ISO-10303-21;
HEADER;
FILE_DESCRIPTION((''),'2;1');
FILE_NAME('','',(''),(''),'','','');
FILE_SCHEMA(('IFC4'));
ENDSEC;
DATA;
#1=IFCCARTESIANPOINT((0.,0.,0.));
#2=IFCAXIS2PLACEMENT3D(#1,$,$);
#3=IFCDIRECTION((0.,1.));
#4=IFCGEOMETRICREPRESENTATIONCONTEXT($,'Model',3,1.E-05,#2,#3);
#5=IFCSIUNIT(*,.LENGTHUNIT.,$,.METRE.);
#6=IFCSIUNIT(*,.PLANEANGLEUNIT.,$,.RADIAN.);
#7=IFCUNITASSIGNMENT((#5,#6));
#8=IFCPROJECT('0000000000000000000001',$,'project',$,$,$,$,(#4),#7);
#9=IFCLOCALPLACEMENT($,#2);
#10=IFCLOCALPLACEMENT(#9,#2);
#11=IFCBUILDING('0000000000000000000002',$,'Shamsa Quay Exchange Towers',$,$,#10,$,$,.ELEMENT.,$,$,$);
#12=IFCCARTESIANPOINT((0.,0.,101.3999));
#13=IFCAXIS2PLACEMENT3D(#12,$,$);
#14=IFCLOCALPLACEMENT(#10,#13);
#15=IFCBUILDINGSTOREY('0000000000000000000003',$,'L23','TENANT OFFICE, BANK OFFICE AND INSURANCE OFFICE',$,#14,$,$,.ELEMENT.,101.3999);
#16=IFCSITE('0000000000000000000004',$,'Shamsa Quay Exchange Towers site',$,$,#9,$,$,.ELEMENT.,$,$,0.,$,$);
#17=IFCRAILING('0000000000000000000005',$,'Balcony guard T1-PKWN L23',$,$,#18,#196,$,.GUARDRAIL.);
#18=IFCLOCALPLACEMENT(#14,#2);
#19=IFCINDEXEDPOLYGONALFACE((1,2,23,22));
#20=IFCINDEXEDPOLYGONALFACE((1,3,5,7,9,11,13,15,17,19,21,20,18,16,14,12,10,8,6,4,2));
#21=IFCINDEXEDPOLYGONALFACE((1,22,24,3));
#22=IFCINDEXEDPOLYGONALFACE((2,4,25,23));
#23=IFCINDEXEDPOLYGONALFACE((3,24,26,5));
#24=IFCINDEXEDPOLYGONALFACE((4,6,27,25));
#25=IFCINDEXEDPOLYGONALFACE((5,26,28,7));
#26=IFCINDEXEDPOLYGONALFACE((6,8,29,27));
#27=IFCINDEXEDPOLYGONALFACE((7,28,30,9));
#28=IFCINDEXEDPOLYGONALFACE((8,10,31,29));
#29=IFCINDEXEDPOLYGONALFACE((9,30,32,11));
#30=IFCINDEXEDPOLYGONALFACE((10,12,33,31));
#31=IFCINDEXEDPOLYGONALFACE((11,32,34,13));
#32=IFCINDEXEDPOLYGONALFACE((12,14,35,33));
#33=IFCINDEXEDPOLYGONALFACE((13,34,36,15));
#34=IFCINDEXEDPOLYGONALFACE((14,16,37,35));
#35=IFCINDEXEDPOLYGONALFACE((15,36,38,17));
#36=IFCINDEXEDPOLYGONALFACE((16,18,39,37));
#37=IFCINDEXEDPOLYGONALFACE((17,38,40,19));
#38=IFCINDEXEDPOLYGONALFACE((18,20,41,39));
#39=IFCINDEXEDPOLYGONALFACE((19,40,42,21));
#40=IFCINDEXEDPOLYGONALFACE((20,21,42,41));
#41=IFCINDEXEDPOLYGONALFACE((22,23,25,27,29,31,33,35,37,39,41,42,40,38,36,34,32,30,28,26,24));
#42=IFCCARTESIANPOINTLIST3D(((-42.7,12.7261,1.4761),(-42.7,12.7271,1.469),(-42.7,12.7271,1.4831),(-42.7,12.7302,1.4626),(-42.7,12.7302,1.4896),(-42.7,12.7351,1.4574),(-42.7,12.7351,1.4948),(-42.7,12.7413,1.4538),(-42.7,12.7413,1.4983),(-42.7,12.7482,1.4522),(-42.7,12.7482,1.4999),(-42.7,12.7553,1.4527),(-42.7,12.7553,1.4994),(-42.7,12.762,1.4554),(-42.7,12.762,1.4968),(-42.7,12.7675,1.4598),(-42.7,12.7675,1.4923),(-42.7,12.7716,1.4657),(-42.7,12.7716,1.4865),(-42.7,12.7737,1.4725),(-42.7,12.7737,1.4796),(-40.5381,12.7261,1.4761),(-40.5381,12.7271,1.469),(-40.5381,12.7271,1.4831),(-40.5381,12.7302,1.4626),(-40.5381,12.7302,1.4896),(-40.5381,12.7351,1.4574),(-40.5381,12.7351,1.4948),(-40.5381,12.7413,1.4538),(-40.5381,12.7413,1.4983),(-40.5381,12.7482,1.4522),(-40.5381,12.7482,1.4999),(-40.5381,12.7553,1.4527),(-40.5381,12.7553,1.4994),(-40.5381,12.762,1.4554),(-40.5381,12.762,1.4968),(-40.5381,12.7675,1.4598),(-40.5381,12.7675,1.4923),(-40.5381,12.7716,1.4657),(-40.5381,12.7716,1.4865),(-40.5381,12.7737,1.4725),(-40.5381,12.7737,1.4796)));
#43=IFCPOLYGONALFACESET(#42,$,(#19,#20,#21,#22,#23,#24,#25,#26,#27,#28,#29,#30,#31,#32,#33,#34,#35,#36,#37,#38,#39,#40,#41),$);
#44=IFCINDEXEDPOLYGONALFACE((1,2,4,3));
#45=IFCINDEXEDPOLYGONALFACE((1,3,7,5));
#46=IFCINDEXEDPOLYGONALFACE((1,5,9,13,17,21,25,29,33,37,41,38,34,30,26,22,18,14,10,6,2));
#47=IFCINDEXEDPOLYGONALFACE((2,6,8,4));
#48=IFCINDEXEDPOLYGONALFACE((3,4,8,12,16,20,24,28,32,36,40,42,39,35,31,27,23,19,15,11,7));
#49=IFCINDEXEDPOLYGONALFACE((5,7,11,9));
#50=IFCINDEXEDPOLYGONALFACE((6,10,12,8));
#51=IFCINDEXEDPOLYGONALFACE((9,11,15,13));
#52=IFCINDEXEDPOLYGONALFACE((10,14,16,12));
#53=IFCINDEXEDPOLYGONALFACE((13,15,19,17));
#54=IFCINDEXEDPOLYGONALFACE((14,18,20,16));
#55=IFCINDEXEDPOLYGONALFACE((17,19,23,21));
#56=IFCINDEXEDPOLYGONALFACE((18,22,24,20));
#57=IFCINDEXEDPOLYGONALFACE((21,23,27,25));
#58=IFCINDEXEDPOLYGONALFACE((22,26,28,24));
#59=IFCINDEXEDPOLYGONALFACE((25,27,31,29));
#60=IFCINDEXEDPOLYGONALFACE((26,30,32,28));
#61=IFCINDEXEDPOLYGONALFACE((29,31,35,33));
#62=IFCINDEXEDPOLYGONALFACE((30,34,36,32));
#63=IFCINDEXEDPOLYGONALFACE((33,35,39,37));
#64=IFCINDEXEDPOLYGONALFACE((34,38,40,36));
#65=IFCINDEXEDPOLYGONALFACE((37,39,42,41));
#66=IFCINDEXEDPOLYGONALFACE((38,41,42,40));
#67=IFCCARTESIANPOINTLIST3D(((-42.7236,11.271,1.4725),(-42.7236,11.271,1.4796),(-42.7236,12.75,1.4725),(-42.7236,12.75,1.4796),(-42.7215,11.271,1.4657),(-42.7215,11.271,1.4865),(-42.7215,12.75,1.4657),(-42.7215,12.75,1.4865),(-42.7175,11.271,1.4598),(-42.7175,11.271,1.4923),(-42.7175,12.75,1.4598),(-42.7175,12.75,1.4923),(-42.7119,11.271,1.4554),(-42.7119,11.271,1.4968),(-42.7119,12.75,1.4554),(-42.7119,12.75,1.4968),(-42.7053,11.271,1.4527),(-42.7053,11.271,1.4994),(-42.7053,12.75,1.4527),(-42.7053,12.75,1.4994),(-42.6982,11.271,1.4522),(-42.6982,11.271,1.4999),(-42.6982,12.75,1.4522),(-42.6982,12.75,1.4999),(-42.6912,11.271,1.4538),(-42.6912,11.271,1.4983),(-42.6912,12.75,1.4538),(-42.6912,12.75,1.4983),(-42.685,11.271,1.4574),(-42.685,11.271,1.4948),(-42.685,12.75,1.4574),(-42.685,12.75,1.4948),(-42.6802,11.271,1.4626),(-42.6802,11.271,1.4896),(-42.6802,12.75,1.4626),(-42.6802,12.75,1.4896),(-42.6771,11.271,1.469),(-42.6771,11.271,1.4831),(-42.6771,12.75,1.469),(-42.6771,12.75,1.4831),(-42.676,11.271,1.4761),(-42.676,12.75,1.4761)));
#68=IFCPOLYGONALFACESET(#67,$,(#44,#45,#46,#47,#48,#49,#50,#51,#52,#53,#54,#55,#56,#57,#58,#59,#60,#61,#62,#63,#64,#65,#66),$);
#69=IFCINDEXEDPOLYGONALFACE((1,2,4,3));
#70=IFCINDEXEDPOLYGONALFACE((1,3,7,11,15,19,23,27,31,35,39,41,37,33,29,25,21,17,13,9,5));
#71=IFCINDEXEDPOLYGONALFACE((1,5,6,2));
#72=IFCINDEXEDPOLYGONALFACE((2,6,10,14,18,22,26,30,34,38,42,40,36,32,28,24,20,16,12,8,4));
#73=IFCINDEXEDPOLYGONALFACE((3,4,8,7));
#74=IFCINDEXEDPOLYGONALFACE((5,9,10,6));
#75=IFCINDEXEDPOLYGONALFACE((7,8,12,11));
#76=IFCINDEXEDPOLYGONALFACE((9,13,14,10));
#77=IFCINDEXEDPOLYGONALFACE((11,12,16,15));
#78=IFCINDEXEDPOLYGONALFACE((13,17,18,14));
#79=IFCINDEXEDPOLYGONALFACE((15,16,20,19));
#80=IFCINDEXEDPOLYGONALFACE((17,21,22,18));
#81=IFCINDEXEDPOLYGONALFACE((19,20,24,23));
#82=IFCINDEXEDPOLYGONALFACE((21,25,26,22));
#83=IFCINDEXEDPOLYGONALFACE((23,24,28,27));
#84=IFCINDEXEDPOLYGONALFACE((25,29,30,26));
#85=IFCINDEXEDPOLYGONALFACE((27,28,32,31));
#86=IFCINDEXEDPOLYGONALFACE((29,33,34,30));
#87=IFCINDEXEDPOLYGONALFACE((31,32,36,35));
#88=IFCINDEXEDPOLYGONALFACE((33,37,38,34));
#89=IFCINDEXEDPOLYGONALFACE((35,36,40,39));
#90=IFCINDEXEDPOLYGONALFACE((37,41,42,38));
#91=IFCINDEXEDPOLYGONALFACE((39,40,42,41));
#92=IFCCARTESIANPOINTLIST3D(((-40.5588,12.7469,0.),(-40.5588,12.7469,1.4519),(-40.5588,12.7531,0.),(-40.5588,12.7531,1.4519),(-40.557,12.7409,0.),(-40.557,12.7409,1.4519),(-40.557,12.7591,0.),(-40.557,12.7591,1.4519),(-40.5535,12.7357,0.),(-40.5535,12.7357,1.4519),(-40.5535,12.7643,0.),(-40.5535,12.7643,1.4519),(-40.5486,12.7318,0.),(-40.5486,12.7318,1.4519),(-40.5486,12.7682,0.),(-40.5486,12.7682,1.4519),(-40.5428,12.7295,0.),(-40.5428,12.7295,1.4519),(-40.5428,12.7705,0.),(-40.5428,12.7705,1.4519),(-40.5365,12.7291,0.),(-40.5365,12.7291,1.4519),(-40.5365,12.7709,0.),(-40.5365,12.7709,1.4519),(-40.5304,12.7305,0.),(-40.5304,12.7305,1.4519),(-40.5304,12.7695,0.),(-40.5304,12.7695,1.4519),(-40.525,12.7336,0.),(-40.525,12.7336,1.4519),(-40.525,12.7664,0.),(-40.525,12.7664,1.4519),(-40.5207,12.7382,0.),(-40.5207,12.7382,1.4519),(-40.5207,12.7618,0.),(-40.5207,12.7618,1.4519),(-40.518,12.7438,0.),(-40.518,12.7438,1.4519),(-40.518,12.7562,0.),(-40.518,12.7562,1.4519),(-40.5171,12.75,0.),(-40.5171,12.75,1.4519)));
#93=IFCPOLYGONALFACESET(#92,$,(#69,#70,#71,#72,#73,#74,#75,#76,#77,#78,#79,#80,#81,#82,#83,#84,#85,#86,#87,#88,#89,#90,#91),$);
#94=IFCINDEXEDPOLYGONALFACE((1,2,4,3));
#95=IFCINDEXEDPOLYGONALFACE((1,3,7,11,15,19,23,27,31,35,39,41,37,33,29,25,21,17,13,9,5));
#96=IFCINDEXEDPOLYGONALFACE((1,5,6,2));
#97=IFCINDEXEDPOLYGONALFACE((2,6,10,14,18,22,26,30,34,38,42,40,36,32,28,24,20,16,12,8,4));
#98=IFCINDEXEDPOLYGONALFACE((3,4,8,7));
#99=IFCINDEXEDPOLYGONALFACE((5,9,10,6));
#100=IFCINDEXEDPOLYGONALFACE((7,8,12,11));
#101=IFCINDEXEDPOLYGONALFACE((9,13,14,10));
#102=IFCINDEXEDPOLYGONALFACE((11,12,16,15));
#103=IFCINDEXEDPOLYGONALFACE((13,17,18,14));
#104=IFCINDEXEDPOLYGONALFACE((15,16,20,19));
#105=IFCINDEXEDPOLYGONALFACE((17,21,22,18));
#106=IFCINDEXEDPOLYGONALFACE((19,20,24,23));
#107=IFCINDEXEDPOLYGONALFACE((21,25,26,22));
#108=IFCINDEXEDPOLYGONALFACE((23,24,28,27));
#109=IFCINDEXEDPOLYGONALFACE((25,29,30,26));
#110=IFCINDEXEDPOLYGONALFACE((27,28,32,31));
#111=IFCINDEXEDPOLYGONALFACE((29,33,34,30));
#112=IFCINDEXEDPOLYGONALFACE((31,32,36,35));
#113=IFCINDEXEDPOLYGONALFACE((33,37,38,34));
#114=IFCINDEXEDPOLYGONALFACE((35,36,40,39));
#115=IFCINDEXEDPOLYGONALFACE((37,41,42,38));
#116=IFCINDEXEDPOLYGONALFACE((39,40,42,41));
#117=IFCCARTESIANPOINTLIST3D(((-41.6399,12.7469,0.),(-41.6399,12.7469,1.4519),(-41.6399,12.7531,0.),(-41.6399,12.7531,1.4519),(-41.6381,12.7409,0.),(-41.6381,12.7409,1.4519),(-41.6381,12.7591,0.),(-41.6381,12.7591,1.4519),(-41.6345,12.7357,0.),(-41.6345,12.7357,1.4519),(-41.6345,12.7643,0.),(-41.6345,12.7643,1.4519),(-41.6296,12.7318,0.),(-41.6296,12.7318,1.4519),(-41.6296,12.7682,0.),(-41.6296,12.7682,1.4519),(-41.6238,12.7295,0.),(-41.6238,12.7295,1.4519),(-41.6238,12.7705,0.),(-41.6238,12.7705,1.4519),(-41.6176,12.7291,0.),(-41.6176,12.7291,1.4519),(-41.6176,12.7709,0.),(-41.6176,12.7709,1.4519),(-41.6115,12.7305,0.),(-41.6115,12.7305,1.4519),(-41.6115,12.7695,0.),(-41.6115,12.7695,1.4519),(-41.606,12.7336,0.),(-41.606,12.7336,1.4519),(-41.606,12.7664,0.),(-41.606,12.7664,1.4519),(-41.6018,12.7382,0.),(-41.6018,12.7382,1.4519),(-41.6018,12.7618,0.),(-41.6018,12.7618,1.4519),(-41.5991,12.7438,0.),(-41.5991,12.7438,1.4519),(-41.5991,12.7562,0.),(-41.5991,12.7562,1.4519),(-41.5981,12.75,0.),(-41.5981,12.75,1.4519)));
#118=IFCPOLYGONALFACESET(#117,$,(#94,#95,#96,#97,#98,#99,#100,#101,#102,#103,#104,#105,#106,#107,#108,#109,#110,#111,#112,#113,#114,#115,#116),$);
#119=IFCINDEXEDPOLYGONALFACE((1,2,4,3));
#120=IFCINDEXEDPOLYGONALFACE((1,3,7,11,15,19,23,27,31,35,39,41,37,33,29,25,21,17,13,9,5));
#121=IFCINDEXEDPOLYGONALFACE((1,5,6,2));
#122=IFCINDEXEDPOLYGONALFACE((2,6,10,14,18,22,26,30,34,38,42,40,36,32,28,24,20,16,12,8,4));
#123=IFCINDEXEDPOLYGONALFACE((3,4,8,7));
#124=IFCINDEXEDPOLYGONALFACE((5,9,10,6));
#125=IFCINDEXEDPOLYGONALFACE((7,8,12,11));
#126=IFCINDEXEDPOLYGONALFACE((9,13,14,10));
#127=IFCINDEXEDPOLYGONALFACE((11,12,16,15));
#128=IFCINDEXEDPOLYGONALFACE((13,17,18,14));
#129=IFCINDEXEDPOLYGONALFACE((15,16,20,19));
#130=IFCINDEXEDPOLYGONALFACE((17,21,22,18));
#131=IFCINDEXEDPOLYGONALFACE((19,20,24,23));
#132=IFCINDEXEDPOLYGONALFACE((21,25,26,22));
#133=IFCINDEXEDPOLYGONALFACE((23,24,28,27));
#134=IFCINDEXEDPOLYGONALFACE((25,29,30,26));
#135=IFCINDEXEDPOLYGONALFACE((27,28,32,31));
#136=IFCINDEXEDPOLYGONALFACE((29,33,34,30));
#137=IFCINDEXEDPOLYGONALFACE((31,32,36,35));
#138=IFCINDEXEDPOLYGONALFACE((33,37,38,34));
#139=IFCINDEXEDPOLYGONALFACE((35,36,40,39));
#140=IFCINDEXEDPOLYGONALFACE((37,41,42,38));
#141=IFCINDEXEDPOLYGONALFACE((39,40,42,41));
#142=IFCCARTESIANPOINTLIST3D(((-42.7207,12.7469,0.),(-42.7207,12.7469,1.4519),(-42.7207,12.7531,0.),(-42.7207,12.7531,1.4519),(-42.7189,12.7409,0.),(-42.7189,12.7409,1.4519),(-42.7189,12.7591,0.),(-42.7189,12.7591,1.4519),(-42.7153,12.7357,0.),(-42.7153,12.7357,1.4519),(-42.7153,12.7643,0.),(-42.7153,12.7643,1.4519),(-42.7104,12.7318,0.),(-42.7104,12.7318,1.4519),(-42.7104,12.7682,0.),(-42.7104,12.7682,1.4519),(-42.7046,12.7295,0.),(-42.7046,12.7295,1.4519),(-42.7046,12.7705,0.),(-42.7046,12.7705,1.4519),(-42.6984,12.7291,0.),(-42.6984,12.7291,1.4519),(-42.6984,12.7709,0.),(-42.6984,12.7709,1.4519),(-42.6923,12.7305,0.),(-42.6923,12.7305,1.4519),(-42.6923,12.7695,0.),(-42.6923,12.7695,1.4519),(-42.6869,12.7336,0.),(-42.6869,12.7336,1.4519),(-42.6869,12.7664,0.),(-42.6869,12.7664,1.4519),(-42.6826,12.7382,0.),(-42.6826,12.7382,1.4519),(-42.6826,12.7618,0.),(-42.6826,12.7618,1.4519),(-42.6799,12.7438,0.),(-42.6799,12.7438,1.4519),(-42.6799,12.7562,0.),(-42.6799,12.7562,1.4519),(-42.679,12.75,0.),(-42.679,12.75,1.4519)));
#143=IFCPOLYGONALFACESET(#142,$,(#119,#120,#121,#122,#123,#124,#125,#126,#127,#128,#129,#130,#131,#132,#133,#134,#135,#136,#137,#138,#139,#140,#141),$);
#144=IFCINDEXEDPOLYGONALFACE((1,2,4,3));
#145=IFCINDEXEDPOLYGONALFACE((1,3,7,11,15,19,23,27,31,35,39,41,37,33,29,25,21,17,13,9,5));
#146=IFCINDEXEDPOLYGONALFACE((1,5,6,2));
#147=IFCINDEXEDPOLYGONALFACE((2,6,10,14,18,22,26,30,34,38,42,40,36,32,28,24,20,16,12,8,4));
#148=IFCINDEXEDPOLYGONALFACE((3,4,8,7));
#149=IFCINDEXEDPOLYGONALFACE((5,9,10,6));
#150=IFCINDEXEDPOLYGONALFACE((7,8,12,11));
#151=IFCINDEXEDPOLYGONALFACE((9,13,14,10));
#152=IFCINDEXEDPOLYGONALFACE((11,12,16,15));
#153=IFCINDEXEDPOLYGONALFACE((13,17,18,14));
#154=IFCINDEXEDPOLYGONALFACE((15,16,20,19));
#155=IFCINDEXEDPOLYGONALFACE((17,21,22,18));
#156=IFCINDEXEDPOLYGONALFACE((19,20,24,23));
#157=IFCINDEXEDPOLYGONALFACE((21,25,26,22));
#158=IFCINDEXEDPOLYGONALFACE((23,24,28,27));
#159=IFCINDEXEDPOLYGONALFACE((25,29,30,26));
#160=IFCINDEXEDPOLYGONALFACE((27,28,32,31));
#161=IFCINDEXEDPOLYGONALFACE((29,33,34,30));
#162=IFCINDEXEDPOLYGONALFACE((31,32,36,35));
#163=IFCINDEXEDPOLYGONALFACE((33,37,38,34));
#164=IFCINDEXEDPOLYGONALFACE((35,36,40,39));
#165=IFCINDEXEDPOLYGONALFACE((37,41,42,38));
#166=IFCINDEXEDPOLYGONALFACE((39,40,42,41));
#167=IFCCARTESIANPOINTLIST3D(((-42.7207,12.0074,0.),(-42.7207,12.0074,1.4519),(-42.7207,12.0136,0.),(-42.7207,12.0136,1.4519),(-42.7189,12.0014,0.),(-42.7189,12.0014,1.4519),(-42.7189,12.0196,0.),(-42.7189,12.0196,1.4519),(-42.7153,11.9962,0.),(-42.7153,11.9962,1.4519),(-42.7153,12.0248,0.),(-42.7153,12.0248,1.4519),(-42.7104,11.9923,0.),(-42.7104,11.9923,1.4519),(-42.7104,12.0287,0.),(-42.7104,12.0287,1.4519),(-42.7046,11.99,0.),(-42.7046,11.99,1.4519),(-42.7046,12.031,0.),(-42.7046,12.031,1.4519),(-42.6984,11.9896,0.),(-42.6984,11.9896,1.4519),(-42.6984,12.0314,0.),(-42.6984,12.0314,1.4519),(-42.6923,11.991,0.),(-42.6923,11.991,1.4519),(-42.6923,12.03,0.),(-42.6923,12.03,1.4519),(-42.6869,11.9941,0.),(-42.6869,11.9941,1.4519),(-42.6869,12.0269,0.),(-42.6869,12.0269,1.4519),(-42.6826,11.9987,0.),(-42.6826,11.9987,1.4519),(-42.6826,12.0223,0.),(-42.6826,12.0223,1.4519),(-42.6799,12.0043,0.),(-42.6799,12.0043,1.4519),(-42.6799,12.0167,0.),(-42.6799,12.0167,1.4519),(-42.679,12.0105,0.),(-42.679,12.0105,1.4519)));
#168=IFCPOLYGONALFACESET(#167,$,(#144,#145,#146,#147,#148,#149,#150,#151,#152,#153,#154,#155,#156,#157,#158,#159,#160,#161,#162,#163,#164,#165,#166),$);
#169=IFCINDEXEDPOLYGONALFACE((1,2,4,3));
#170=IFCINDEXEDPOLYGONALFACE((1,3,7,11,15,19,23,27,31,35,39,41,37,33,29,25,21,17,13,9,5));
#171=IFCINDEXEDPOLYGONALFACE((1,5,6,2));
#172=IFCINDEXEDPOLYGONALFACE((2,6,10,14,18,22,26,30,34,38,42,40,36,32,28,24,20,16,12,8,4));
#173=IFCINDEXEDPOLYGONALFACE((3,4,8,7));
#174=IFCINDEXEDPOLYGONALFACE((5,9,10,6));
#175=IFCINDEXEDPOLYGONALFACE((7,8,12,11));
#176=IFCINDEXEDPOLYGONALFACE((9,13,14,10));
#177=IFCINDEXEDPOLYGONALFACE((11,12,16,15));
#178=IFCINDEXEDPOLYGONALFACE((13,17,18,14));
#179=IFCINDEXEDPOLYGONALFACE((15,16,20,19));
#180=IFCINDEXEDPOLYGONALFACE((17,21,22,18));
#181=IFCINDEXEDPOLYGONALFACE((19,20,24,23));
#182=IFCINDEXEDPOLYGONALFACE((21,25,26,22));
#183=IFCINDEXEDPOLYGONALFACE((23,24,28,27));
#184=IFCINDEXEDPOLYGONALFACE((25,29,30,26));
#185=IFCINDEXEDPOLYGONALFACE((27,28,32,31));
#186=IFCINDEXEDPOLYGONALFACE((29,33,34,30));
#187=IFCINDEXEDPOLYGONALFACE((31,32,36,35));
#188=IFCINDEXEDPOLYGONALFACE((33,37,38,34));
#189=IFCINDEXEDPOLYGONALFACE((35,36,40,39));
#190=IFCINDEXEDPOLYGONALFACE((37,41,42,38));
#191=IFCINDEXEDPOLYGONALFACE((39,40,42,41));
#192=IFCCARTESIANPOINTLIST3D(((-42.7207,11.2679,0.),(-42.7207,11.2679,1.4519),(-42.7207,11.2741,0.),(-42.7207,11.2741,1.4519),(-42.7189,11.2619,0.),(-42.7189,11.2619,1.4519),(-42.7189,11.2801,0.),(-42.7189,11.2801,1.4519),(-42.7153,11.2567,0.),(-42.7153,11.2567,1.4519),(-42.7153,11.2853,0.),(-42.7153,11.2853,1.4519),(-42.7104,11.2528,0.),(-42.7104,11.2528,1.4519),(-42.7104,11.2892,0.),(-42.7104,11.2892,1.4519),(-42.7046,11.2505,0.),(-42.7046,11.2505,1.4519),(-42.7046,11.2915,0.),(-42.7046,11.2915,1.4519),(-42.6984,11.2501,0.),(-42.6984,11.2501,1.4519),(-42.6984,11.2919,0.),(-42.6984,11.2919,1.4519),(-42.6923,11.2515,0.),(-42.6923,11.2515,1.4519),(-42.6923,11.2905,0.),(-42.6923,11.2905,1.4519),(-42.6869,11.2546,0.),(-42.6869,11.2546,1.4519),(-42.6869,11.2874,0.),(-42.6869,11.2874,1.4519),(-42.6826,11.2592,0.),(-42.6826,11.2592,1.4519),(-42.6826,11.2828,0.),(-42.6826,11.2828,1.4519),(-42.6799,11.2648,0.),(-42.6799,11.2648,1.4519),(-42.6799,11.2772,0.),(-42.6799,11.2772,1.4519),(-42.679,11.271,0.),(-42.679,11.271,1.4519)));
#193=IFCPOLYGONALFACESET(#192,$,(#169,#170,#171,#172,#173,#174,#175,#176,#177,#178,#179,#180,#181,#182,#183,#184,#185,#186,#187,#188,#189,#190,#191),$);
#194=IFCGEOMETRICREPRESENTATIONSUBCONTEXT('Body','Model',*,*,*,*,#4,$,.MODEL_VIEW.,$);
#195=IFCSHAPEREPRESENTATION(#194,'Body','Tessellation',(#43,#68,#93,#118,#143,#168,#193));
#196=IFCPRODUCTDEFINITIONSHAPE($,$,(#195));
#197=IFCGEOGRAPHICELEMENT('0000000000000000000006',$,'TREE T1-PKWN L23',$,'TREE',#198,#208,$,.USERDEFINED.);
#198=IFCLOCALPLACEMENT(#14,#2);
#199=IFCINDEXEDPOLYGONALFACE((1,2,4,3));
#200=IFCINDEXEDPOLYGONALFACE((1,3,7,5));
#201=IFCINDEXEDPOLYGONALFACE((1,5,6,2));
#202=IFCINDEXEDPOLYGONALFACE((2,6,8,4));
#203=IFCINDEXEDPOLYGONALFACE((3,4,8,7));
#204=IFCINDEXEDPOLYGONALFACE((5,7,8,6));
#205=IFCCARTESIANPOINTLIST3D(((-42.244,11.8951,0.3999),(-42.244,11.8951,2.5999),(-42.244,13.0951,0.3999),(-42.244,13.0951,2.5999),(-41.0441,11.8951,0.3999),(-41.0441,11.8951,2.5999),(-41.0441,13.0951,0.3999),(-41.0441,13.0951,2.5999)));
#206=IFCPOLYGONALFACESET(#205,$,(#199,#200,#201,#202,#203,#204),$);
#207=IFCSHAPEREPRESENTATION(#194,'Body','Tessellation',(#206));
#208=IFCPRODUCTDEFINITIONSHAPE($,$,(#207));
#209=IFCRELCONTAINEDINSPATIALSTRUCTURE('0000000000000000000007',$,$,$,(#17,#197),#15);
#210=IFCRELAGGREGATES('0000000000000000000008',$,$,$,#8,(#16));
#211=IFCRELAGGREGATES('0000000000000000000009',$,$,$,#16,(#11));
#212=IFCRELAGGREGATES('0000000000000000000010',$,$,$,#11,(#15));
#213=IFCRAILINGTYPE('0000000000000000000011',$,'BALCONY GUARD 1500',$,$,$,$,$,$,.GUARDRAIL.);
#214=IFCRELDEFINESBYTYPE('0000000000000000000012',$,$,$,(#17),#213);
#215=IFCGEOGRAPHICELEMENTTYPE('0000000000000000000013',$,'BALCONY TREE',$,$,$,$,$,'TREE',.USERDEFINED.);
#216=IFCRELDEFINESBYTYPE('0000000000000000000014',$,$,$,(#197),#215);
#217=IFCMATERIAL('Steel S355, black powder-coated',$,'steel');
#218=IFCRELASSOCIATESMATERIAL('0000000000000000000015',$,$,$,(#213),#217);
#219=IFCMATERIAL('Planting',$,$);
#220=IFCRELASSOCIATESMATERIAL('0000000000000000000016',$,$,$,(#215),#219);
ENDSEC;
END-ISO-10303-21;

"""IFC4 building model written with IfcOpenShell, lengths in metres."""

from ifc_helpers import new_model, si_unit, direction, frame, origin, origin_2d, place, context, subcontext, project, spatial, rectangle, circle, extrude, material, type_object, element, save


model = new_model("IFC4")

# Units and contexts
model_context = context("Model", 3, precision=1e-05, world=origin(), true_north=direction((0.0, 1.0)))
body_context = subcontext(model_context, "Body", "Model", "MODEL_VIEW")
ifc_project = project(units=[si_unit("LENGTHUNIT", "METRE"), si_unit("PLANEANGLEUNIT", "RADIAN")], contexts=[model_context])

# Site, building, storey
site_placement = place(None, origin())
site = spatial("IfcSite", under=ifc_project, at=site_placement, Name="Shamsa Quay Exchange Towers site", CompositionType="ELEMENT", RefElevation=0.0)
building_placement = place(site_placement, origin())
building = spatial("IfcBuilding", under=site, at=building_placement, Name="Shamsa Quay Exchange Towers", CompositionType="ELEMENT")
storey_placement = place(building_placement, frame((0.0, 0.0, 101.3999)))
storey = spatial("IfcBuildingStorey", under=building, at=storey_placement, Name="L23", Description="TENANT OFFICE, BANK OFFICE AND INSURANCE OFFICE", CompositionType="ELEMENT", Elevation=101.3999)

# Railing
ifc_material_1 = material(Name="Steel S355, black powder-coated", Category="steel")
railing_type = type_object("IfcRailingType", Name="BALCONY GUARD 1500", PredefinedType="GUARDRAIL", material=ifc_material_1)
railing_placement = place(storey_placement, frame((-40.5381, 12.75, 0.0)))
element("IfcRailing", 1, at=railing_placement, inside=storey, type_object=railing_type, Name="Balcony guard T1-PKWN L23", PredefinedType="GUARDRAIL", context=body_context, shape_type="SweptSolid", body=[
    extrude(circle(Radius=0.0239, at=origin_2d()), frame((0.0, 0.0, 1.4761), z_axis=(-1.0, 0.0, 0.0), x_axis=(0.0, -1.0, 0.0)), (0.0, 0.0, 1.0), 2.1619),
    extrude(circle(Radius=0.0239, at=origin_2d()), frame((-2.1619, 0.0, 1.4761), z_axis=(0.0, -1.0, 0.0), x_axis=(1.0, 0.0, 0.0)), (0.0, 0.0, 1.0), 1.479),
    extrude(circle(Radius=0.021, at=origin_2d()), origin(), (0.0, 0.0, 1.0), 1.4519),
    extrude(circle(Radius=0.021, at=origin_2d()), frame((-1.0811, 0.0, 0.0)), (0.0, 0.0, 1.0), 1.4519),
    extrude(circle(Radius=0.021, at=origin_2d()), frame((-2.1619, 0.0, 0.0)), (0.0, 0.0, 1.0), 1.4519),
    extrude(circle(Radius=0.021, at=origin_2d()), frame((-2.1619, -0.7395, 0.0)), (0.0, 0.0, 1.0), 1.4519),
    extrude(circle(Radius=0.021, at=origin_2d()), frame((-2.1619, -1.479, 0.0)), (0.0, 0.0, 1.0), 1.4519),
])

# Geographic element
ifc_material_2 = material(Name="Planting")
geographic_element_type = type_object("IfcGeographicElementType", Name="BALCONY TREE", ElementType="TREE", PredefinedType="USERDEFINED", material=ifc_material_2)
geographic_element_placement = place(storey_placement, frame((-41.644, 12.4951, 0.3999), z_axis=(0.0, 0.0, 1.0), x_axis=(-1.0, 0.0, 0.0)))
element("IfcGeographicElement", 2, at=geographic_element_placement, inside=storey, type_object=geographic_element_type, Name="TREE T1-PKWN L23", ObjectType="TREE", PredefinedType="USERDEFINED", context=body_context, shape_type="SweptSolid", body=[
    extrude(rectangle(XDim=1.2, YDim=1.2, at=origin_2d()), origin(), (0.0, 0.0, 1.0), 2.2),
])

save(model, "model.ifc")
